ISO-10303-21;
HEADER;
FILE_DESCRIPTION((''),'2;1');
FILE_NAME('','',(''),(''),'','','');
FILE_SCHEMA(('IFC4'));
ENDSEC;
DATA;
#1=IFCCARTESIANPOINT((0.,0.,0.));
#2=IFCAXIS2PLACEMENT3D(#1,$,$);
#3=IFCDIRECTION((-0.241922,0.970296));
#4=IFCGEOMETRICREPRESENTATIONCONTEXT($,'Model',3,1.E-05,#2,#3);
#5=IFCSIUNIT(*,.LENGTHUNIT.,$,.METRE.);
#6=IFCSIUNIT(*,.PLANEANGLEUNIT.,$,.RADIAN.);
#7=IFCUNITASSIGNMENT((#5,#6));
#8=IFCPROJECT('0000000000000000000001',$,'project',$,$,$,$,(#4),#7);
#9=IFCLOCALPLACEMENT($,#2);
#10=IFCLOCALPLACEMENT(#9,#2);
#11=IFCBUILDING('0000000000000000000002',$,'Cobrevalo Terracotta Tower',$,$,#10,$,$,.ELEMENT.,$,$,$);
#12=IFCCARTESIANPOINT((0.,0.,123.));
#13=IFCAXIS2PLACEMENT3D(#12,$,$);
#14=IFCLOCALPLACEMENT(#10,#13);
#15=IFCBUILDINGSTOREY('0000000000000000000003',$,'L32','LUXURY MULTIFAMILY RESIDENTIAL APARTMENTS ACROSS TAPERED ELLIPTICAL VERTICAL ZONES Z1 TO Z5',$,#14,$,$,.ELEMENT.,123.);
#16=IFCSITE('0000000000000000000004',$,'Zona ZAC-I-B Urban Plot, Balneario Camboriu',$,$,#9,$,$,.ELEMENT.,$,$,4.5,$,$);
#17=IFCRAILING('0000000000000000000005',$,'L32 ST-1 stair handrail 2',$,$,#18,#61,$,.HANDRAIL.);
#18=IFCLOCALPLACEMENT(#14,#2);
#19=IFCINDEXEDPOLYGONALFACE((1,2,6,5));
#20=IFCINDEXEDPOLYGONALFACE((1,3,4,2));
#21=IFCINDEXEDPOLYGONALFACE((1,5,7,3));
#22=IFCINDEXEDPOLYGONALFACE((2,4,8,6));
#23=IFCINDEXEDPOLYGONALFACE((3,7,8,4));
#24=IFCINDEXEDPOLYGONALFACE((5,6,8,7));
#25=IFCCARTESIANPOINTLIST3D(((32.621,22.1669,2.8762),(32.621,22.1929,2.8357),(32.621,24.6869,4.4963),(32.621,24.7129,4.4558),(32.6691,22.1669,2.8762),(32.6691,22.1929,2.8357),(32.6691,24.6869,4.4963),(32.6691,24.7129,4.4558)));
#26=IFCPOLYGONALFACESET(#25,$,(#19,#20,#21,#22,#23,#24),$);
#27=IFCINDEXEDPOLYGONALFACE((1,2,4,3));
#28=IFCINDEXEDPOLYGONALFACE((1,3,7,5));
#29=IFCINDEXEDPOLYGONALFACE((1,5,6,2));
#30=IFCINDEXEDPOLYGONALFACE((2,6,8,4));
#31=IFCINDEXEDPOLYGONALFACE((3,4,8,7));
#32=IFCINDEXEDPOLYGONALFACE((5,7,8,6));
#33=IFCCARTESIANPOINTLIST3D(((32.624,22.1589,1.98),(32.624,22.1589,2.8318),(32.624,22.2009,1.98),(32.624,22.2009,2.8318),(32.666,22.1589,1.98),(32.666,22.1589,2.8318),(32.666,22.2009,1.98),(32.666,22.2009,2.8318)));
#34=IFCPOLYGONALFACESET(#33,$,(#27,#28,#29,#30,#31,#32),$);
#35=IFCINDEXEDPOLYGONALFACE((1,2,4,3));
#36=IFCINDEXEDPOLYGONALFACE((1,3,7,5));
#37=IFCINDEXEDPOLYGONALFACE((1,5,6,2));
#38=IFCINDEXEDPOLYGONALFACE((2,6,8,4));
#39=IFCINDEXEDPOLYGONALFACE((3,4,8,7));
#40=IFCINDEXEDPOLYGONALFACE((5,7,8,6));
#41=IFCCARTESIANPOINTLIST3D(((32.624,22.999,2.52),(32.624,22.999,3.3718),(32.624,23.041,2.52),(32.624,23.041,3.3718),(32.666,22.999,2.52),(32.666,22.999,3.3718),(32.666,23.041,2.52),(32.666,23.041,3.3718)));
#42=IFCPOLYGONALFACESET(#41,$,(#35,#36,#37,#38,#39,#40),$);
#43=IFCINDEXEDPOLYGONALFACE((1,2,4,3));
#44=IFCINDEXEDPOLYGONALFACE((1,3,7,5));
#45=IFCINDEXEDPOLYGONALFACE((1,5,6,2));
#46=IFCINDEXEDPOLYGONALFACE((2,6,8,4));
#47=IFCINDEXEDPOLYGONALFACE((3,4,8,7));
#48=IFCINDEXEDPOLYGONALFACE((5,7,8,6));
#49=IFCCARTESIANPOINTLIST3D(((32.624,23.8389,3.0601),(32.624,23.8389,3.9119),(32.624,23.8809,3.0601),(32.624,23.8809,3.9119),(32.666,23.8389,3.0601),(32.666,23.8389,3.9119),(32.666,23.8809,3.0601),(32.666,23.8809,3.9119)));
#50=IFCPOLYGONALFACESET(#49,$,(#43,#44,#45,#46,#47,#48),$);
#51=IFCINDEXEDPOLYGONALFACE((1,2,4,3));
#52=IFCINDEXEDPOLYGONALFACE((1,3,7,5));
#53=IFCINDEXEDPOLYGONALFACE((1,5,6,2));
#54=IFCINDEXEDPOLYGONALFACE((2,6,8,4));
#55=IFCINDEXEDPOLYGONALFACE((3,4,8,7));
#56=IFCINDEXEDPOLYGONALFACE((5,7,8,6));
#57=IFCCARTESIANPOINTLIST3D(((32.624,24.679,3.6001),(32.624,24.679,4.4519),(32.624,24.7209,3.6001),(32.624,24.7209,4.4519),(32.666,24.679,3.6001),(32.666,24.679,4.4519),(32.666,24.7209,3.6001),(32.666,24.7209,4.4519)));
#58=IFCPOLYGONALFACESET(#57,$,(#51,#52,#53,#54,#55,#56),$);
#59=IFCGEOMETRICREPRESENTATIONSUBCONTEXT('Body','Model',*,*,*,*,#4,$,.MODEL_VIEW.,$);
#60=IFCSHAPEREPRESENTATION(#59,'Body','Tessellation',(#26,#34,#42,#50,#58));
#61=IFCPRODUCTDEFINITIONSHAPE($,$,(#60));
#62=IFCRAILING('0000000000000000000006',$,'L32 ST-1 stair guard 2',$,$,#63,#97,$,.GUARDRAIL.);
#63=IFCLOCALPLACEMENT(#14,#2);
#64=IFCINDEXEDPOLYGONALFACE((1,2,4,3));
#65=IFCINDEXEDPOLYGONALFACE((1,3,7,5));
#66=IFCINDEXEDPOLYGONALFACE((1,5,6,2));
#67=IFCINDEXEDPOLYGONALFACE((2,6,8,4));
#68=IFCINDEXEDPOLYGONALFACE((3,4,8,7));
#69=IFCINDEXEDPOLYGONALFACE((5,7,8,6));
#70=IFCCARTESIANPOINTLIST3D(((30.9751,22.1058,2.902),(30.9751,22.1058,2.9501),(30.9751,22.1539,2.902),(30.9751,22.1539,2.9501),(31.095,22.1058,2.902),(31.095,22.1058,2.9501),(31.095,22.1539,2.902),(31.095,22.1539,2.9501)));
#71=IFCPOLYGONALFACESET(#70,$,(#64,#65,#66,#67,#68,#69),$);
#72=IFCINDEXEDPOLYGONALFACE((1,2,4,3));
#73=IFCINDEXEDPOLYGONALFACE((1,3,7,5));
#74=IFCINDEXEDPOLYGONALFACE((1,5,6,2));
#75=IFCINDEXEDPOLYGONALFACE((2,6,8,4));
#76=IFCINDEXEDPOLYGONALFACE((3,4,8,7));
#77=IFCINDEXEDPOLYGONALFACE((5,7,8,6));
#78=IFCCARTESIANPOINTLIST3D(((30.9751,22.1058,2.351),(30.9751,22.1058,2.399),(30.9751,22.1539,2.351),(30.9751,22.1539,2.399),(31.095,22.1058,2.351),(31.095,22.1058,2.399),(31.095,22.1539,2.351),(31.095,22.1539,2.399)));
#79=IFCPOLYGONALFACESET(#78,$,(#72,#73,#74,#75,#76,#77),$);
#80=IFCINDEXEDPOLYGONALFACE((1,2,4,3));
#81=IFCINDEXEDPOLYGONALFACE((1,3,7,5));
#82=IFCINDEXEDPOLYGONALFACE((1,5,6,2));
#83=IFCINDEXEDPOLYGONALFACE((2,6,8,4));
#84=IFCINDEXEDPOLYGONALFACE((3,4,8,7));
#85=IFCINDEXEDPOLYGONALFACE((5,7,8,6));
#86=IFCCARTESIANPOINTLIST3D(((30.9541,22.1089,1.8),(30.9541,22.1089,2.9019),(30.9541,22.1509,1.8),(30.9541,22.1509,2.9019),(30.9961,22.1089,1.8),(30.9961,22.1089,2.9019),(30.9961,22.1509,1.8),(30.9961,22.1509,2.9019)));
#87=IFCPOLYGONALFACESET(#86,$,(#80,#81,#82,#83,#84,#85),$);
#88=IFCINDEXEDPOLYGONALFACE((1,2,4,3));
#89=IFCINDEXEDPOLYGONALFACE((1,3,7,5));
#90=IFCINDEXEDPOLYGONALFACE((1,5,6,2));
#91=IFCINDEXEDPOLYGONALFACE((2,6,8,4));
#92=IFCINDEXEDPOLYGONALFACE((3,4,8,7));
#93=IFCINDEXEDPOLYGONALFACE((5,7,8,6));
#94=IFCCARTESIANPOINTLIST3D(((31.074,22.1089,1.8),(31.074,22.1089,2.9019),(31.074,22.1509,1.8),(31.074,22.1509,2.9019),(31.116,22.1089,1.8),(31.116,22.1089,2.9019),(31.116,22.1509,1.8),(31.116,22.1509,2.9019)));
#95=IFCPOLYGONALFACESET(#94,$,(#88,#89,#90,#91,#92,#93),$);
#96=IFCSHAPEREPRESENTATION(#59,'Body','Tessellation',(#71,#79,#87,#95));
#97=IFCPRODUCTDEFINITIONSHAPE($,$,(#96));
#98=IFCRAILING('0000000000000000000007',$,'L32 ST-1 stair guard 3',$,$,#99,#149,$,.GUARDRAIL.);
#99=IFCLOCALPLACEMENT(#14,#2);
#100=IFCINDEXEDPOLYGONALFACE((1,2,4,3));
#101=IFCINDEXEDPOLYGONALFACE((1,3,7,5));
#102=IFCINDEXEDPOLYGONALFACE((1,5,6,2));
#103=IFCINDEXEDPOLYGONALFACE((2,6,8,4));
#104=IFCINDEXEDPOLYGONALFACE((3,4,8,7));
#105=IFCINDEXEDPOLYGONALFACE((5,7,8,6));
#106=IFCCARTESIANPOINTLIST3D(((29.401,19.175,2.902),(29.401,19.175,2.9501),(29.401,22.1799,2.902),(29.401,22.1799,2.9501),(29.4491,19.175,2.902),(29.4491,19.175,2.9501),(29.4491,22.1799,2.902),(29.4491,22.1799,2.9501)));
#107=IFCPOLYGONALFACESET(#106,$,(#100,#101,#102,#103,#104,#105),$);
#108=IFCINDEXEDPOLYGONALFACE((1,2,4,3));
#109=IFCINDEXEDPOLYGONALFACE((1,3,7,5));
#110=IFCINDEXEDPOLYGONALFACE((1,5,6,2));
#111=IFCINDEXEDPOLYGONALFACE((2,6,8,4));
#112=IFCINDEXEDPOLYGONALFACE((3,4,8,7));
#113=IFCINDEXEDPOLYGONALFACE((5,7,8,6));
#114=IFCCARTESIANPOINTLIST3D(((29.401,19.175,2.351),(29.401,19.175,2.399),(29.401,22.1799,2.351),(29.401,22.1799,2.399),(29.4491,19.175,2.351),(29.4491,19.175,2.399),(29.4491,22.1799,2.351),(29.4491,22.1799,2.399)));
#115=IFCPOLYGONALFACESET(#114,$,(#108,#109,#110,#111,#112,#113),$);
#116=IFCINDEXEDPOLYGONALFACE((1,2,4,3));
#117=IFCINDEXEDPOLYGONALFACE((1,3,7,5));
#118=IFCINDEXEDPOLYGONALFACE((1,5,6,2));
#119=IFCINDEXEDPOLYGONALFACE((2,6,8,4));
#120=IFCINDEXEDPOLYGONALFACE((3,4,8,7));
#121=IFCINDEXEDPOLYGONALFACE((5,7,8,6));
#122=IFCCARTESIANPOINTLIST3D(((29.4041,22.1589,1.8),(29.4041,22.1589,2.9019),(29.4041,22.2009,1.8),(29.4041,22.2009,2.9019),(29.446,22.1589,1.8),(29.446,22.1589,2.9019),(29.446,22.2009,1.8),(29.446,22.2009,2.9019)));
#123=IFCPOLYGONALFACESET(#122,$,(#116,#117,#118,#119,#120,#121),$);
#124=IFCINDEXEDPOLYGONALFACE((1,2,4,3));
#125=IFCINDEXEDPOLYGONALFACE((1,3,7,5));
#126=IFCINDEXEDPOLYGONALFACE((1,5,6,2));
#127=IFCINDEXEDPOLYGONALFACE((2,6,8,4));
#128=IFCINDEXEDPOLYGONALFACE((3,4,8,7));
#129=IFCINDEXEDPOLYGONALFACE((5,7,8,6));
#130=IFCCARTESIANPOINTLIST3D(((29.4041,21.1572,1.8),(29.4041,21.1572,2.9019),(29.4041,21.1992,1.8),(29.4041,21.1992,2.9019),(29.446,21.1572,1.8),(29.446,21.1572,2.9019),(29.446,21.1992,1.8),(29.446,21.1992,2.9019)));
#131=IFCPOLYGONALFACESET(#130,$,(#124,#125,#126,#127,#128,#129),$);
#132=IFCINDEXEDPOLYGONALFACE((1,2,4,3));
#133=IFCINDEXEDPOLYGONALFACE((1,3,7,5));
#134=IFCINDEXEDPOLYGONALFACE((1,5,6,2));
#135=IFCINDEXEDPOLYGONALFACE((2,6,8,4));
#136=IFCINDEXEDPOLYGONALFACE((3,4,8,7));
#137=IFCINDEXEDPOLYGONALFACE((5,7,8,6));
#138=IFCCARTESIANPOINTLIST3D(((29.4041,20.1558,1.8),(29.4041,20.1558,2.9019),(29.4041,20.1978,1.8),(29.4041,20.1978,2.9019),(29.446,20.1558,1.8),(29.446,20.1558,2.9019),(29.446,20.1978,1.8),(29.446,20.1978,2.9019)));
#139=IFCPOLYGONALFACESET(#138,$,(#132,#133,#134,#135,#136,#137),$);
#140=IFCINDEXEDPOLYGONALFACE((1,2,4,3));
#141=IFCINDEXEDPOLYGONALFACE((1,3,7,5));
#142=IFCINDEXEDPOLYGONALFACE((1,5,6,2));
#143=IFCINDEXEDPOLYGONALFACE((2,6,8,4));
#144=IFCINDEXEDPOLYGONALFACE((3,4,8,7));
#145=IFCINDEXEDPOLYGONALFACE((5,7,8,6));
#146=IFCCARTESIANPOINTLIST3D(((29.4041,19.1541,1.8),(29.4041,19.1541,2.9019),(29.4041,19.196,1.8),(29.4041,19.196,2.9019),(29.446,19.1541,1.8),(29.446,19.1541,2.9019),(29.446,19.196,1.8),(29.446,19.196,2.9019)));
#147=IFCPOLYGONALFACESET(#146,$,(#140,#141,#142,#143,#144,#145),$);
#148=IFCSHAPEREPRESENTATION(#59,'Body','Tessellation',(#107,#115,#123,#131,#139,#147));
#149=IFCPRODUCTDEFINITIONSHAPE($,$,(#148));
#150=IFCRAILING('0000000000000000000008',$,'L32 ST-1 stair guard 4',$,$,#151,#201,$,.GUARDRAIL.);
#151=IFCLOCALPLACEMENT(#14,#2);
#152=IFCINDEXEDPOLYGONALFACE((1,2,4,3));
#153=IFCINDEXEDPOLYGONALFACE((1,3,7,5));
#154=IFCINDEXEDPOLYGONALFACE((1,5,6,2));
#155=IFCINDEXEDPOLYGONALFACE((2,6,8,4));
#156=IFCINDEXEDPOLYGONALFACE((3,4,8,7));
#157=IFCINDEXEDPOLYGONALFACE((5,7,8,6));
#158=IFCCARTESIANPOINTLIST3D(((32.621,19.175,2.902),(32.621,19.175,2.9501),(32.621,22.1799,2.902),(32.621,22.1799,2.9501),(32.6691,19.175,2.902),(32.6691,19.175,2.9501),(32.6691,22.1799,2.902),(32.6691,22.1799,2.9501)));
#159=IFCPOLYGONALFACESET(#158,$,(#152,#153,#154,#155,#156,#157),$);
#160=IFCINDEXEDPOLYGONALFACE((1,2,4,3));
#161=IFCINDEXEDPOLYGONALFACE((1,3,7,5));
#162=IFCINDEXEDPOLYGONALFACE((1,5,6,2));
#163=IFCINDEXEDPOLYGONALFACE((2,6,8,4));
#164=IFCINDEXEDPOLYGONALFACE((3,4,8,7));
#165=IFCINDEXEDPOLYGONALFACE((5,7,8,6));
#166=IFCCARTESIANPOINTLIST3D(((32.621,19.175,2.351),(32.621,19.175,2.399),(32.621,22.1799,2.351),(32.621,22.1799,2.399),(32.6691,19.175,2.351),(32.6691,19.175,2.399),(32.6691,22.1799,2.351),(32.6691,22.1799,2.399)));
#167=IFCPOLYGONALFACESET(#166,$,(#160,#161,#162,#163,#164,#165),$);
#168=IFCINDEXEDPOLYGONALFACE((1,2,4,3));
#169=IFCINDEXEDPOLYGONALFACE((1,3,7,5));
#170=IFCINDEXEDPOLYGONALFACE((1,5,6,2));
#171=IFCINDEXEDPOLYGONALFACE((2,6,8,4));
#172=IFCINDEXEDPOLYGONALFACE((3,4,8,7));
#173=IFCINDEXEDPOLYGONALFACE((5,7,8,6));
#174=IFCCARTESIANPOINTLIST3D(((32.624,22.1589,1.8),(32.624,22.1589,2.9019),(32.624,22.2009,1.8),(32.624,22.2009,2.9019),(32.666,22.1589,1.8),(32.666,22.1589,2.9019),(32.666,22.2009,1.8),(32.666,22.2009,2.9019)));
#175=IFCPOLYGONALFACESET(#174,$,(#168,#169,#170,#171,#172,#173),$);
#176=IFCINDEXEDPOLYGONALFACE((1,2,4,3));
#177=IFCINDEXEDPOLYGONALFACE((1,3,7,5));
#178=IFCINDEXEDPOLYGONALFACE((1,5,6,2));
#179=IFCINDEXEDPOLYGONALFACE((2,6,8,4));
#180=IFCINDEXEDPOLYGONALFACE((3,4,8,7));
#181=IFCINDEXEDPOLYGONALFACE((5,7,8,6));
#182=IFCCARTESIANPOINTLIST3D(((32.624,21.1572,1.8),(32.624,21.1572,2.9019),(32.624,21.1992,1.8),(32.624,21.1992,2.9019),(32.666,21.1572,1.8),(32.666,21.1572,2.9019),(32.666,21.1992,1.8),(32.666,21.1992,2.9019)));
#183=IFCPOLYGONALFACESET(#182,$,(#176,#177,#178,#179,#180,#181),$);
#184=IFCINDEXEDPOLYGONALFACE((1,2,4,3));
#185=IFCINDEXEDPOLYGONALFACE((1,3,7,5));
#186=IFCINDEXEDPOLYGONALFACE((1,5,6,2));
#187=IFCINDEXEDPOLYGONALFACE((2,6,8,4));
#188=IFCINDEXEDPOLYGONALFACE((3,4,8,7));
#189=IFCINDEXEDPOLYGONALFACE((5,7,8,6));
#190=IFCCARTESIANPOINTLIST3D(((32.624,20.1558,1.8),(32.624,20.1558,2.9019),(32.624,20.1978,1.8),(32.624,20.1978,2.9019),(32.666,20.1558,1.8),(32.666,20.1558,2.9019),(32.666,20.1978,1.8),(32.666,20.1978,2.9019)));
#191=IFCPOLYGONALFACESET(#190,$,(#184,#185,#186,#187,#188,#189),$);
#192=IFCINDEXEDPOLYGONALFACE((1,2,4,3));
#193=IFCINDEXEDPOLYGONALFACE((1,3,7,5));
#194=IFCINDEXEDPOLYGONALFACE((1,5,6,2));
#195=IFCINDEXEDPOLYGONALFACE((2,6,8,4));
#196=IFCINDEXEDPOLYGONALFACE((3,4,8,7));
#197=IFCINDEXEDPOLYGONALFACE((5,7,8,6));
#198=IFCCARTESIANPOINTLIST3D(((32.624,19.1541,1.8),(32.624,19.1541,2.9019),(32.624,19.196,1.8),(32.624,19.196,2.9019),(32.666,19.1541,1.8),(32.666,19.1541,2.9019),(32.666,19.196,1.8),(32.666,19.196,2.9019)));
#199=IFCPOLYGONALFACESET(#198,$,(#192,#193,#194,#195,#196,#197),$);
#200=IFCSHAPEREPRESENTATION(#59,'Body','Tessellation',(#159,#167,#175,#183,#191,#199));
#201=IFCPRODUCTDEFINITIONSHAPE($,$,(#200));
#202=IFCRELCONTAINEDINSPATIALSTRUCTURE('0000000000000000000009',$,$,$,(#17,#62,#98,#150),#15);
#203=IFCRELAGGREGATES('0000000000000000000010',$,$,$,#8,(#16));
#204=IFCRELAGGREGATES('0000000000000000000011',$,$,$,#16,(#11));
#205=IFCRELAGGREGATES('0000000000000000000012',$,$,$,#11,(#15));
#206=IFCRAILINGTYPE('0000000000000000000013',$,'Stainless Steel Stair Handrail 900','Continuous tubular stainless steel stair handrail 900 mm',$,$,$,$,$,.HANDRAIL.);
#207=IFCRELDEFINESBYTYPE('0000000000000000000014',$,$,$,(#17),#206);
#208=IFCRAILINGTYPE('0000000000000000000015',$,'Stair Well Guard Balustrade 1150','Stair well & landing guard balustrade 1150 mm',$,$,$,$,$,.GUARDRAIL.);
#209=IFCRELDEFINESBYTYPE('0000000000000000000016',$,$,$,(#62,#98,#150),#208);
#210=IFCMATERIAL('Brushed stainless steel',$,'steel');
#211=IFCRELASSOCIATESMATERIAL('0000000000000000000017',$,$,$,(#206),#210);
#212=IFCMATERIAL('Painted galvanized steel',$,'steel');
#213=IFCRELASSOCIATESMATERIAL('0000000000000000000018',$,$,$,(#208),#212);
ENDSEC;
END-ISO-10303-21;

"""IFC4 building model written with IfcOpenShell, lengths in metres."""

from ifc_helpers import new_model, si_unit, direction, frame, origin, origin_2d, place, context, subcontext, project, spatial, rectangle, extrude, material, type_object, element, save


model = new_model("IFC4")

# Units and contexts
model_context = context("Model", 3, precision=1e-05, world=origin(), true_north=direction((-0.241922, 0.970296)))
body_context = subcontext(model_context, "Body", "Model", "MODEL_VIEW")
ifc_project = project(units=[si_unit("LENGTHUNIT", "METRE"), si_unit("PLANEANGLEUNIT", "RADIAN")], contexts=[model_context])

# Site, building, storey
site_placement = place(None, origin())
site = spatial("IfcSite", under=ifc_project, at=site_placement, Name="Zona ZAC-I-B Urban Plot, Balneario Camboriu", CompositionType="ELEMENT", RefElevation=4.5)
building_placement = place(site_placement, origin())
building = spatial("IfcBuilding", under=site, at=building_placement, Name="Cobrevalo Terracotta Tower", CompositionType="ELEMENT")
storey_placement = place(building_placement, frame((0.0, 0.0, 123.0)))
storey = spatial("IfcBuildingStorey", under=building, at=storey_placement, Name="L32", Description="LUXURY MULTIFAMILY RESIDENTIAL APARTMENTS ACROSS TAPERED ELLIPTICAL VERTICAL ZONES Z1 TO Z5", CompositionType="ELEMENT", Elevation=123.0)

# Railings
ifc_material_1 = material(Name="Brushed stainless steel", Category="steel")
railing_type_1 = type_object("IfcRailingType", Name="Stainless Steel Stair Handrail 900", Description="Continuous tubular stainless steel stair handrail 900 mm", PredefinedType="HANDRAIL", material=ifc_material_1)
railing_1_placement = place(storey_placement, frame((32.645, 22.1799, 1.98)))
element("IfcRailing", 1, at=railing_1_placement, inside=storey, type_object=railing_type_1, Name="L32 ST-1 stair handrail 2", PredefinedType="HANDRAIL", context=body_context, shape_type="SweptSolid", body=[
    extrude(rectangle(XDim=0.0481, YDim=0.0481, at=origin_2d()), frame((0.0, 0.0, 0.876), z_axis=(0.0, 0.841163, 0.540782), x_axis=(-1.0, 0.0, 0.0)), (0.0, 0.0, 1.0), 2.9958),
    extrude(rectangle(XDim=0.042, YDim=0.042, at=origin_2d()), origin(), (0.0, 0.0, 1.0), 0.8518),
    extrude(rectangle(XDim=0.042, YDim=0.042, at=origin_2d()), frame((0.0, 0.8401, 0.54)), (0.0, 0.0, 1.0), 0.8518),
    extrude(rectangle(XDim=0.042, YDim=0.042, at=origin_2d()), frame((0.0, 1.6799, 1.0801)), (0.0, 0.0, 1.0), 0.8518),
    extrude(rectangle(XDim=0.042, YDim=0.042, at=origin_2d()), frame((0.0, 2.52, 1.6201)), (0.0, 0.0, 1.0), 0.8518),
])
ifc_material_2 = material(Name="Painted galvanized steel", Category="steel")
railing_type_2 = type_object("IfcRailingType", Name="Stair Well Guard Balustrade 1150", Description="Stair well & landing guard balustrade 1150 mm", PredefinedType="GUARDRAIL", material=ifc_material_2)
railing_2_placement = place(storey_placement, frame((30.9751, 22.1299, 1.8)))
element("IfcRailing", 2, at=railing_2_placement, inside=storey, type_object=railing_type_2, Name="L32 ST-1 stair guard 2", PredefinedType="GUARDRAIL", context=body_context, shape_type="SweptSolid", body=[
    extrude(rectangle(XDim=0.0481, YDim=0.0481, at=origin_2d()), frame((0.0, 0.0, 1.126), z_axis=(1.0, 0.0, 0.0), x_axis=(0.0, 1.0, 0.0)), (0.0, 0.0, 1.0), 0.1199),
    extrude(rectangle(XDim=0.0481, YDim=0.0481, at=origin_2d()), frame((0.0, 0.0, 0.575), z_axis=(1.0, 0.0, 0.0), x_axis=(0.0, 1.0, 0.0)), (0.0, 0.0, 1.0), 0.1199),
    extrude(rectangle(XDim=0.042, YDim=0.042, at=origin_2d()), origin(), (0.0, 0.0, 1.0), 1.1018),
    extrude(rectangle(XDim=0.042, YDim=0.042, at=origin_2d()), frame((0.1199, 0.0, 0.0)), (0.0, 0.0, 1.0), 1.1018),
])
for number, where, name in (
    (3, (29.425, 22.1799, 1.8), "L32 ST-1 stair guard 3"),
    (4, (32.645, 22.1799, 1.8), "L32 ST-1 stair guard 4"),
):
    element("IfcRailing", number, at=place(storey_placement, frame(where)), inside=storey, type_object=railing_type_2, Name=name, PredefinedType="GUARDRAIL", context=body_context, shape_type="SweptSolid", body=[
        extrude(rectangle(XDim=0.0481, YDim=0.0481, at=origin_2d()), frame((0.0, 0.0, 1.126), z_axis=(0.0, -1.0, 0.0), x_axis=(1.0, 0.0, 0.0)), (0.0, 0.0, 1.0), 3.0049),
        extrude(rectangle(XDim=0.0481, YDim=0.0481, at=origin_2d()), frame((0.0, 0.0, 0.575), z_axis=(0.0, -1.0, 0.0), x_axis=(1.0, 0.0, 0.0)), (0.0, 0.0, 1.0), 3.0049),
        extrude(rectangle(XDim=0.042, YDim=0.042, at=origin_2d()), origin(), (0.0, 0.0, 1.0), 1.1018),
        extrude(rectangle(XDim=0.042, YDim=0.042, at=origin_2d()), frame((0.0, -1.0017, 0.0)), (0.0, 0.0, 1.0), 1.1018),
        extrude(rectangle(XDim=0.042, YDim=0.042, at=origin_2d()), frame((0.0, -2.0032, 0.0)), (0.0, 0.0, 1.0), 1.1018),
        extrude(rectangle(XDim=0.042, YDim=0.042, at=origin_2d()), frame((0.0, -3.0049, 0.0)), (0.0, 0.0, 1.0), 1.1018),
    ])

save(model, "model.ifc")
